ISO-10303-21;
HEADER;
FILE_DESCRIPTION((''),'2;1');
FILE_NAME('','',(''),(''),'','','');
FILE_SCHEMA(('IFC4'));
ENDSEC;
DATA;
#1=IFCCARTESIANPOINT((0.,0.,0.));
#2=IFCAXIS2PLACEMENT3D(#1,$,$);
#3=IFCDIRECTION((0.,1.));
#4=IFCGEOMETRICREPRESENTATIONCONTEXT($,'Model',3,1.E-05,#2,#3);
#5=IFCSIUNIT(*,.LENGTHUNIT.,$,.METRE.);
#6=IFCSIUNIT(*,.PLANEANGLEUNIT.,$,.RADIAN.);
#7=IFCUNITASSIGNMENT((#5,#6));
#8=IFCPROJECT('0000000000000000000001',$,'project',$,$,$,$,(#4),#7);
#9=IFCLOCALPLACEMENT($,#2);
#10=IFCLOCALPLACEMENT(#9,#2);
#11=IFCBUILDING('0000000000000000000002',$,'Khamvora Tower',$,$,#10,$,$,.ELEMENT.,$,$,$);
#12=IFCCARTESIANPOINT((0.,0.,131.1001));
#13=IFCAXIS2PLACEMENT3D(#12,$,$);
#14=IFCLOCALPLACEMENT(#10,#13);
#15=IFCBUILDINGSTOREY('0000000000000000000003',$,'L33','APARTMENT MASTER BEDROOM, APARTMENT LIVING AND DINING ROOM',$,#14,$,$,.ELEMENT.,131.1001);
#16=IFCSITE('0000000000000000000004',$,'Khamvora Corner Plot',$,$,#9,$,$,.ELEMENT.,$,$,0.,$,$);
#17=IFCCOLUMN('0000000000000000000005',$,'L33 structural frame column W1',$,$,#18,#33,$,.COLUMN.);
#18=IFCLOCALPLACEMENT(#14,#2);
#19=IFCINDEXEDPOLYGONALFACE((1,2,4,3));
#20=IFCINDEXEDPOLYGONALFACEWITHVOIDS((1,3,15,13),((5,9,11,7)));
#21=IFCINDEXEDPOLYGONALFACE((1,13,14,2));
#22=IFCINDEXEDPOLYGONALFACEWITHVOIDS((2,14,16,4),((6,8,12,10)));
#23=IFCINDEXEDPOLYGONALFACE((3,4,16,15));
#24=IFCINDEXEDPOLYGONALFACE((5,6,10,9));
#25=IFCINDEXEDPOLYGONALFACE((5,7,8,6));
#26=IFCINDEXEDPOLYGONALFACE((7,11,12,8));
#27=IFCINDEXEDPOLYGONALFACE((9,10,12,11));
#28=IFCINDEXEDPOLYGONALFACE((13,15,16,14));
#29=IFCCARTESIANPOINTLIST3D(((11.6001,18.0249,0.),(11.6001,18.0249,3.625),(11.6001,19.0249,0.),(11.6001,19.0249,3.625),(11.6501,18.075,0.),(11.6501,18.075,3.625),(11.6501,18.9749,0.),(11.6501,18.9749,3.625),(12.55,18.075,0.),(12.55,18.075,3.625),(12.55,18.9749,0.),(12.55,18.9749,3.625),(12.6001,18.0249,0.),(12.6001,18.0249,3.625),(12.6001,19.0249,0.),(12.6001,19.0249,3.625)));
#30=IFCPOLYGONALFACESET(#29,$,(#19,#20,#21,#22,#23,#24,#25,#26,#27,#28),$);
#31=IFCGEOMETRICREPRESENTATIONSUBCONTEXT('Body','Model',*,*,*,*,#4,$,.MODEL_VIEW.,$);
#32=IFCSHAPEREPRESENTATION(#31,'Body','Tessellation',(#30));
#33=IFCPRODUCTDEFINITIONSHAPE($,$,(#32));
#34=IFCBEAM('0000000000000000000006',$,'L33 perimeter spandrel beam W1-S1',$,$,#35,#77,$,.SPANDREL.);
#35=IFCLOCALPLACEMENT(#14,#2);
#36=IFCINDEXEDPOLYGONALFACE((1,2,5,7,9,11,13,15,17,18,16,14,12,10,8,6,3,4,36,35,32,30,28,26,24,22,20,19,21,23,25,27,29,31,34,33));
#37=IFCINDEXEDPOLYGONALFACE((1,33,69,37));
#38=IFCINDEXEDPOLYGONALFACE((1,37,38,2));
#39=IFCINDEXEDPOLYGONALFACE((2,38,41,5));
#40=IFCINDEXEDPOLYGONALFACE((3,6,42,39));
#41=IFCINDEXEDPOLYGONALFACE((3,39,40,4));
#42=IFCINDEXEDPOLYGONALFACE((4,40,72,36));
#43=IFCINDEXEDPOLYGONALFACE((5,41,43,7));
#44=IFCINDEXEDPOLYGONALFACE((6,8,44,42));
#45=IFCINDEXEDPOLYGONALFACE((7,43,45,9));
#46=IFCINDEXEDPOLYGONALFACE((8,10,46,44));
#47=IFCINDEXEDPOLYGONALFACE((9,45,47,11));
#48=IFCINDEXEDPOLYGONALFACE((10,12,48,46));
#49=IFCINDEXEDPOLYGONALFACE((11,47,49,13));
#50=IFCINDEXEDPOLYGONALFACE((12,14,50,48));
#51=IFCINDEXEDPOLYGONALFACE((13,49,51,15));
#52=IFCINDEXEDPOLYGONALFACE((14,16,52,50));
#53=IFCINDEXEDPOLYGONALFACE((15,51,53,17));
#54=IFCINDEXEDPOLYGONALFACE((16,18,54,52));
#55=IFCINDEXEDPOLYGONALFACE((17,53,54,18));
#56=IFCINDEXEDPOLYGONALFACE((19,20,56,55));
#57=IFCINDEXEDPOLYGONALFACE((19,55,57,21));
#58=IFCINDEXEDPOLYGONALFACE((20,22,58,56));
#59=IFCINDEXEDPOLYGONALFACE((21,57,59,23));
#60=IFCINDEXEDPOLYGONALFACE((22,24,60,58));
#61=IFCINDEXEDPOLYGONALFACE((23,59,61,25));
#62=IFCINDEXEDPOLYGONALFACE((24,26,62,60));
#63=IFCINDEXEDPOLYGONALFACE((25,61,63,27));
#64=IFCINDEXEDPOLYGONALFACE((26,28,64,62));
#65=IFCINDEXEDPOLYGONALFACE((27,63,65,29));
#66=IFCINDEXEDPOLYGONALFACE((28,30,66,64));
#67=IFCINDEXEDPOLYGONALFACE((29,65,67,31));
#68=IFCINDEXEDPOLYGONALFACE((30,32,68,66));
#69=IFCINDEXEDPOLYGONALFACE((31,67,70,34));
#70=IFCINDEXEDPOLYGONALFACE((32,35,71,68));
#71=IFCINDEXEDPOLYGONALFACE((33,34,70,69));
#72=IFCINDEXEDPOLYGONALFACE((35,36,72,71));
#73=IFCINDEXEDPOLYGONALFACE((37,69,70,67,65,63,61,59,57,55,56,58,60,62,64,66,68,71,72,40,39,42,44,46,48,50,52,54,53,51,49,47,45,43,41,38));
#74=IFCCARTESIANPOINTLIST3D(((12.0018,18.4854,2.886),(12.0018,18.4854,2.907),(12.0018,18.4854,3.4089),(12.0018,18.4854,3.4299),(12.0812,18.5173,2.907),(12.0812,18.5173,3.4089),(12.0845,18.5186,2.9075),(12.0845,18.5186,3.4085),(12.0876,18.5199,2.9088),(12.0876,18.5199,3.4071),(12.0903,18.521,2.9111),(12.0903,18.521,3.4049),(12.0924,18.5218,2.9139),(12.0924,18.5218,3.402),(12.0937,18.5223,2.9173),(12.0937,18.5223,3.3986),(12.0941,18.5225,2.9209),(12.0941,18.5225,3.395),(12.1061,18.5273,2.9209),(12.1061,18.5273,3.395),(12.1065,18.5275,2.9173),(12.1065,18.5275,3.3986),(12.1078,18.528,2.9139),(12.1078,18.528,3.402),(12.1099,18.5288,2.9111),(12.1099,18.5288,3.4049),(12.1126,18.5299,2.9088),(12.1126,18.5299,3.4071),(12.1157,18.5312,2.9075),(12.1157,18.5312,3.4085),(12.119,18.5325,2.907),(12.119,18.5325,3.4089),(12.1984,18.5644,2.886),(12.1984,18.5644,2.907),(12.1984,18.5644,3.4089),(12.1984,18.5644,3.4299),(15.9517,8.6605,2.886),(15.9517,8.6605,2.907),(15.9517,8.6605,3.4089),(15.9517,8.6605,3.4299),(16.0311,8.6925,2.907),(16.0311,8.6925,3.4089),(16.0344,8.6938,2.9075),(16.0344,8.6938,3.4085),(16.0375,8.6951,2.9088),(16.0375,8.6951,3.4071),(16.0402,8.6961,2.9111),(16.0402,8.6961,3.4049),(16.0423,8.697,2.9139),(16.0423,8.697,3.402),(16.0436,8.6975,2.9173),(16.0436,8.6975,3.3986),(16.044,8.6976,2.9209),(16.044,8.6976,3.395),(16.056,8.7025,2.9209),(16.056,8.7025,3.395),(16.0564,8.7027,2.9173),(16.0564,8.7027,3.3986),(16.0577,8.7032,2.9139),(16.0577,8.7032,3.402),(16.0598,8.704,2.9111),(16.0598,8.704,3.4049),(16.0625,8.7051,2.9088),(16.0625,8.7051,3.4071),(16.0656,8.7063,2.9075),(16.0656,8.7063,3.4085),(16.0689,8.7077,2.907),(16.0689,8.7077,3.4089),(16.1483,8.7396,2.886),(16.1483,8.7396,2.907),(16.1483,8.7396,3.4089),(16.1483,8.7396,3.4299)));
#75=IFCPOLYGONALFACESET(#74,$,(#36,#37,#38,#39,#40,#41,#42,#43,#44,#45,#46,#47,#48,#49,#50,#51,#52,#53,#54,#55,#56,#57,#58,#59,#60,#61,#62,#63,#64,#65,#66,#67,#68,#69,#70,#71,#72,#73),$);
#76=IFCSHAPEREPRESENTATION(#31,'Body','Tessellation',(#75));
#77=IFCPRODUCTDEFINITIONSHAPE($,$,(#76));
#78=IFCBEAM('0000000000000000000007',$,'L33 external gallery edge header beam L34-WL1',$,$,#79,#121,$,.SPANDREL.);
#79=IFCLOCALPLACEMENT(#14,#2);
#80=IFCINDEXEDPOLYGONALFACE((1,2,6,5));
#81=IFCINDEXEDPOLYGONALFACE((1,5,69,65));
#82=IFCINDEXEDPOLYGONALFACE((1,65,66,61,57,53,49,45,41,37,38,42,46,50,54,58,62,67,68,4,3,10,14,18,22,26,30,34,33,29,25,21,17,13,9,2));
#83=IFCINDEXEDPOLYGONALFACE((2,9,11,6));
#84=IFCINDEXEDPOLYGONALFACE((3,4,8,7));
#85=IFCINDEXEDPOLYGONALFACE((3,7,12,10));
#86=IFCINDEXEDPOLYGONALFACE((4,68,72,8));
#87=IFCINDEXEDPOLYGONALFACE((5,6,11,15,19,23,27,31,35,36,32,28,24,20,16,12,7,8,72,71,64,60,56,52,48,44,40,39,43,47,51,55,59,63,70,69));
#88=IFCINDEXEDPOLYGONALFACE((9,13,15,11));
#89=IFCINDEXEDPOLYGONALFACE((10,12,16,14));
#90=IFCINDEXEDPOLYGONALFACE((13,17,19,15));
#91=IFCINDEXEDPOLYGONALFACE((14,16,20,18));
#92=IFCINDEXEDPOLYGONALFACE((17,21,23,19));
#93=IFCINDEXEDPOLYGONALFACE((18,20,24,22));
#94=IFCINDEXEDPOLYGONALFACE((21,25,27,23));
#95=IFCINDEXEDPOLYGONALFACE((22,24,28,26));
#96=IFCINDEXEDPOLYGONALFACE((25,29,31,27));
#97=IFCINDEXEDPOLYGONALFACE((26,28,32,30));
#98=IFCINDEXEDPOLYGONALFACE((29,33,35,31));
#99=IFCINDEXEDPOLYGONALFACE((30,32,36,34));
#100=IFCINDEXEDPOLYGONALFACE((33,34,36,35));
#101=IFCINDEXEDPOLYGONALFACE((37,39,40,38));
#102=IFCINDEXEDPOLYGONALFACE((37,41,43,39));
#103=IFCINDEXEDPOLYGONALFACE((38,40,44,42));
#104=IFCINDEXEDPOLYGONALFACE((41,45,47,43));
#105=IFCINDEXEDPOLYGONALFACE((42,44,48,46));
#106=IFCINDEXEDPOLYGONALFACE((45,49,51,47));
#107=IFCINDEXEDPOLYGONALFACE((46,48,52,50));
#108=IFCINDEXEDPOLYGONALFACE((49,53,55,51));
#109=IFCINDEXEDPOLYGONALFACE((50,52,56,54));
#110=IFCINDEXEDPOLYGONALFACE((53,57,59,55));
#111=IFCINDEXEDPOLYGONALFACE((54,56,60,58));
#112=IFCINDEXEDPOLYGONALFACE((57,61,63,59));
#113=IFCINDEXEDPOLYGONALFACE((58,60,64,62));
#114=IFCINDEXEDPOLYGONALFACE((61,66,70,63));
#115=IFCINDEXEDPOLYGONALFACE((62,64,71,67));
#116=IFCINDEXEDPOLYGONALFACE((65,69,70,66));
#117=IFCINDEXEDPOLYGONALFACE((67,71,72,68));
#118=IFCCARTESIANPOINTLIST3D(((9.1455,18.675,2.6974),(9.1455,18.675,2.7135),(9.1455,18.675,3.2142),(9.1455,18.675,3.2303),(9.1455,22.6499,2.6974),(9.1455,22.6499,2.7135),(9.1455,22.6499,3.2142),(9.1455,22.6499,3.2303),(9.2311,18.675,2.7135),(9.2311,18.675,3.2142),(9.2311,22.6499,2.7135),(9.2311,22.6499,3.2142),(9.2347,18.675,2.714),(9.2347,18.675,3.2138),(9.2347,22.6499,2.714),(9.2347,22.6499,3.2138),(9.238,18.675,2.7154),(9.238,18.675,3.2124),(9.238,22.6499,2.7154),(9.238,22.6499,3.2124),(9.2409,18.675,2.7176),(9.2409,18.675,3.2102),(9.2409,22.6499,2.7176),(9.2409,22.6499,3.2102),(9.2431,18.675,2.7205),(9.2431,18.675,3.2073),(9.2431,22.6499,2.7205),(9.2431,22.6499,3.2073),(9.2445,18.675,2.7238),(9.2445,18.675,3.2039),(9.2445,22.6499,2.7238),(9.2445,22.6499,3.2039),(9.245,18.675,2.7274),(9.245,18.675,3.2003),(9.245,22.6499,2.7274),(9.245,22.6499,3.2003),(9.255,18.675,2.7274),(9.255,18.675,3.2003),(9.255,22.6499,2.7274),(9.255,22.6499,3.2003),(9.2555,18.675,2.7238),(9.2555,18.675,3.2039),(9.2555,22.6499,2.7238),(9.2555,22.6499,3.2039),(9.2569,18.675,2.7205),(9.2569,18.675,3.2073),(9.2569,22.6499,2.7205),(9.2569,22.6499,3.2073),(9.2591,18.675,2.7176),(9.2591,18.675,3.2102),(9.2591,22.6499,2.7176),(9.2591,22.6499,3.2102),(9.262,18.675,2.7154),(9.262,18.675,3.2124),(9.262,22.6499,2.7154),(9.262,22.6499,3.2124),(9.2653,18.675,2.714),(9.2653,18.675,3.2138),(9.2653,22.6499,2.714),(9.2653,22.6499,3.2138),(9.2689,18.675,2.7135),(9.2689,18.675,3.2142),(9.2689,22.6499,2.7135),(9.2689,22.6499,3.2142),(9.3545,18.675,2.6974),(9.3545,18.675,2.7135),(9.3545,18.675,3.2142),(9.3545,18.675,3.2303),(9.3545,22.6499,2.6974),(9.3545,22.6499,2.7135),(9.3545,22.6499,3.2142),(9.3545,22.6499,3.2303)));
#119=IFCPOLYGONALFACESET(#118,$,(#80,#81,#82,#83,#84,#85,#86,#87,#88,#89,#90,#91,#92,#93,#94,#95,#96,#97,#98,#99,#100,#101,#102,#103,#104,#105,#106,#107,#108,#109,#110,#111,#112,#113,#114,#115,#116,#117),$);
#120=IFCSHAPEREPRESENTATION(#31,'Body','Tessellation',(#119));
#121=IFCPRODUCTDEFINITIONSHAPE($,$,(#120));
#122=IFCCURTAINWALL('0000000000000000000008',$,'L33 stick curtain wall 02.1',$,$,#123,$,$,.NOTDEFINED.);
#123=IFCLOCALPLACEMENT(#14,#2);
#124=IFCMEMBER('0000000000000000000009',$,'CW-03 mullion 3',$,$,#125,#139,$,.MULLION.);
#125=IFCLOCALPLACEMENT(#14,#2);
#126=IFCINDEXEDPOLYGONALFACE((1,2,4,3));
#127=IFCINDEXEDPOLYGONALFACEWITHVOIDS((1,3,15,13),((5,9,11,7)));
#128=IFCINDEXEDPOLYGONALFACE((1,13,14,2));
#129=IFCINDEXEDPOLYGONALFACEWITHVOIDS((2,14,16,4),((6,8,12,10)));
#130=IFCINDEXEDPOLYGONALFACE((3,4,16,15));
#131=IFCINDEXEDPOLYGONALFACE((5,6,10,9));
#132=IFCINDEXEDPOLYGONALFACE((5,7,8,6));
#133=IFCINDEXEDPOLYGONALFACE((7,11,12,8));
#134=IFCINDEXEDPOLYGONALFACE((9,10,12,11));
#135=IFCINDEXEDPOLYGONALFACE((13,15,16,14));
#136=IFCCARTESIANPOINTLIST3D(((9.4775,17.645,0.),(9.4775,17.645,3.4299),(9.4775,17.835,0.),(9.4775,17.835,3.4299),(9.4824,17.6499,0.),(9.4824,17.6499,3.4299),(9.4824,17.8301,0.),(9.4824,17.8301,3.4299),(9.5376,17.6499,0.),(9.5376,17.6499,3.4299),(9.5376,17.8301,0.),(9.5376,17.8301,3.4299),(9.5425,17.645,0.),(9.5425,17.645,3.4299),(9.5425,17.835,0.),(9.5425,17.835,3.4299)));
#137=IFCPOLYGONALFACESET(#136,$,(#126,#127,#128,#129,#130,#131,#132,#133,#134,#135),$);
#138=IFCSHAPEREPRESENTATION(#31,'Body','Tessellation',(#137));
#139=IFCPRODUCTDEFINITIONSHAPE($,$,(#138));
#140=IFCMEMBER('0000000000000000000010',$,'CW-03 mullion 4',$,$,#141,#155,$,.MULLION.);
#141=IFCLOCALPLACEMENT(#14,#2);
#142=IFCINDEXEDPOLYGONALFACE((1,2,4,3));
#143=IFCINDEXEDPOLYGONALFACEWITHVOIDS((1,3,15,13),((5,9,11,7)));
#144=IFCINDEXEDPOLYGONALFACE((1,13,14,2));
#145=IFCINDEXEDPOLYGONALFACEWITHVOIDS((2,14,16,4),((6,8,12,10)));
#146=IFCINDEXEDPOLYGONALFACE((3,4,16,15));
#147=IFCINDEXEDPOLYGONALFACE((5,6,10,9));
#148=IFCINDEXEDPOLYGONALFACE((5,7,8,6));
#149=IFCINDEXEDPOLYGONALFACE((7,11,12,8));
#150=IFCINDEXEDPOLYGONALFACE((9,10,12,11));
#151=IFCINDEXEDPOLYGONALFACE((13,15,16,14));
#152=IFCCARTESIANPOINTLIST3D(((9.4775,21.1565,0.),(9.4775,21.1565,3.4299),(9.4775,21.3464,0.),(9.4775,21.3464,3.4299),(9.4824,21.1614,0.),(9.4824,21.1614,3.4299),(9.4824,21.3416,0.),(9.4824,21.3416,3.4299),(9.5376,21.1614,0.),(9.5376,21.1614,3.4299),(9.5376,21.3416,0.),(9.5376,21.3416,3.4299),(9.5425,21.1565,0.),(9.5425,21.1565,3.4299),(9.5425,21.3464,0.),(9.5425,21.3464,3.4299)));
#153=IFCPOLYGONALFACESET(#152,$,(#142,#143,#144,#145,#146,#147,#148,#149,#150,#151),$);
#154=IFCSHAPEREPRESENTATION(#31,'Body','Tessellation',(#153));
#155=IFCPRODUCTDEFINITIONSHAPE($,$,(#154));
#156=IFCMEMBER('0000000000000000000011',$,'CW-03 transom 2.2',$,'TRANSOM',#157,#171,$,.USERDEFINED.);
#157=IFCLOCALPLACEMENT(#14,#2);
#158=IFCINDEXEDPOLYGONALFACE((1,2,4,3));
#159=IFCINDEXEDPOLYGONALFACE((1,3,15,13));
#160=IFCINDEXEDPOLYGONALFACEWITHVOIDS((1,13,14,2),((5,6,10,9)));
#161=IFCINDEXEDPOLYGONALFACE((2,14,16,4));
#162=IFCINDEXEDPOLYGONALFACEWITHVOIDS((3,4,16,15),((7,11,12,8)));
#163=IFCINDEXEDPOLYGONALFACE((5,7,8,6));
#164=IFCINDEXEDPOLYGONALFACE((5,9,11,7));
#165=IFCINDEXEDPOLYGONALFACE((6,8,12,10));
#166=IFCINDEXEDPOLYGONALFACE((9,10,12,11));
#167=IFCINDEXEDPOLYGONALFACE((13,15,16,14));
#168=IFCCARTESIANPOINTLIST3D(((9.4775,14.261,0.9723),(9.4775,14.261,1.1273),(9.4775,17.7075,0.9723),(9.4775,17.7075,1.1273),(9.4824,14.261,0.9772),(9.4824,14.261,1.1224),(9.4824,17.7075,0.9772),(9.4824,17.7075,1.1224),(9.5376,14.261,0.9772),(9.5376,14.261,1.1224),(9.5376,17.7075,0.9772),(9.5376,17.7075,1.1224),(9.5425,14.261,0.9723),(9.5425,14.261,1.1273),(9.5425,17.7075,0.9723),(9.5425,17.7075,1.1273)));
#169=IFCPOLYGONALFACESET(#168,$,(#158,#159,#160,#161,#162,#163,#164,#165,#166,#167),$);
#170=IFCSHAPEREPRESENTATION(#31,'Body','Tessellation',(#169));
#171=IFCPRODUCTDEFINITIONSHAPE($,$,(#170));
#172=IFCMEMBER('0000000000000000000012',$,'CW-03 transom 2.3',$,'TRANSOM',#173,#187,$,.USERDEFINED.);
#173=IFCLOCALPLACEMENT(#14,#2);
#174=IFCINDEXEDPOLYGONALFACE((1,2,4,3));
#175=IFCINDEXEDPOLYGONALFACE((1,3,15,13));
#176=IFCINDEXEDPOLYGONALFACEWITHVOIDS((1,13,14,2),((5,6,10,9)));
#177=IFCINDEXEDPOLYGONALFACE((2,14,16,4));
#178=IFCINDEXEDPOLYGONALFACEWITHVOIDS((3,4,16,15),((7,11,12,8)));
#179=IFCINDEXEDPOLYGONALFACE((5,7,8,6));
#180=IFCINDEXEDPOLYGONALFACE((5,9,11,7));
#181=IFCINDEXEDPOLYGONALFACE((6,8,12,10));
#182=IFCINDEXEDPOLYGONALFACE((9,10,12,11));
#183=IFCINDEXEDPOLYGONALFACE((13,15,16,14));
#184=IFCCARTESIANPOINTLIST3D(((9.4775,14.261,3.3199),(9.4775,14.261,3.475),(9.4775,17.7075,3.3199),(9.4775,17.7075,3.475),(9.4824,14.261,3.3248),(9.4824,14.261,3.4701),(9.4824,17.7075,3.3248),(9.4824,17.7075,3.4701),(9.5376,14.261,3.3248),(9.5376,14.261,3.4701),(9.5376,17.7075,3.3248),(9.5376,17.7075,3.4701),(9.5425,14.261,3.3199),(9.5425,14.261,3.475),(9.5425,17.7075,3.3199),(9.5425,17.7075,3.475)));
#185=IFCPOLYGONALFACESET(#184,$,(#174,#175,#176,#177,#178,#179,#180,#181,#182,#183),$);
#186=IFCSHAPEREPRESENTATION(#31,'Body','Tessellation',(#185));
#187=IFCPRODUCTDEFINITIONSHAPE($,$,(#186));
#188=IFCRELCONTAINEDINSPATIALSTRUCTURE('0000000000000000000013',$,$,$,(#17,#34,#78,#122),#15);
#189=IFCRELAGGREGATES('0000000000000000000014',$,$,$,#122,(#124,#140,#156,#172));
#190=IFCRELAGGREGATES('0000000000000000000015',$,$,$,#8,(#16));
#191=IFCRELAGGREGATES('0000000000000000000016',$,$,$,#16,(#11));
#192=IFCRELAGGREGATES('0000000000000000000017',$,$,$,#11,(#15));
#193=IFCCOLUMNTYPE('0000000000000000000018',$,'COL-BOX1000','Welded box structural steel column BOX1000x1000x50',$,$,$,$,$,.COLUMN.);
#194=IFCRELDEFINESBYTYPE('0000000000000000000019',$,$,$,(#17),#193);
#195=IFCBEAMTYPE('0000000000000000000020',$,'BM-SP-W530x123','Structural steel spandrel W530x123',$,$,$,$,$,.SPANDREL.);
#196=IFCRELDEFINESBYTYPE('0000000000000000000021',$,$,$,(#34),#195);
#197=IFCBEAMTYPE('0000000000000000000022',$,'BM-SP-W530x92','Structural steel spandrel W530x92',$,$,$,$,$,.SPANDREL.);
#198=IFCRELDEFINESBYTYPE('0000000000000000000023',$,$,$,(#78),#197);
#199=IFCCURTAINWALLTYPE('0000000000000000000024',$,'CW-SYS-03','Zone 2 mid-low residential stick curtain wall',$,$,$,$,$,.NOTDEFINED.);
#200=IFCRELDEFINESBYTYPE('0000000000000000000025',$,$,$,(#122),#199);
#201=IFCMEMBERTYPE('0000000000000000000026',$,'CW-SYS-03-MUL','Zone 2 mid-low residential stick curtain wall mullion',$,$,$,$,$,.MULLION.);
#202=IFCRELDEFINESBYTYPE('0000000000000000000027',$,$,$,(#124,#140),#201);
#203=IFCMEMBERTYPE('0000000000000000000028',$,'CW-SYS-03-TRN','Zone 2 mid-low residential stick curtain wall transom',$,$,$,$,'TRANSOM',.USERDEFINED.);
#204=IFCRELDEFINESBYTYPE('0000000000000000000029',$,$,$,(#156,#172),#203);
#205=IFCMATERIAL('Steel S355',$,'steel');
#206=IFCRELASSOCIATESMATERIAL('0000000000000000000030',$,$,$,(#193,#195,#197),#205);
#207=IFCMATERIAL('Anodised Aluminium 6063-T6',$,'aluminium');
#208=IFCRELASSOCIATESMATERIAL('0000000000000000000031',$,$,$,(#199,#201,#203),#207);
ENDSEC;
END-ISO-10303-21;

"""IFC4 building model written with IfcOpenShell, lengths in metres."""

from ifc_helpers import new_model, si_unit, direction, frame, origin, origin_2d, place, context, subcontext, project, spatial, hollow_rectangle, i_section, extrude, material, material_profile, profile_set, type_object, element, aggregate, save


model = new_model("IFC4")

# Units and contexts
model_context = context("Model", 3, precision=1e-05, world=origin(), true_north=direction((0.0, 1.0)))
body_context = subcontext(model_context, "Body", "Model", "MODEL_VIEW")
ifc_project = project(units=[si_unit("LENGTHUNIT", "METRE"), si_unit("PLANEANGLEUNIT", "RADIAN")], contexts=[model_context])

# Site, building, storey
site_placement = place(None, origin())
site = spatial("IfcSite", under=ifc_project, at=site_placement, Name="Khamvora Corner Plot", CompositionType="ELEMENT", RefElevation=0.0)
building_placement = place(site_placement, origin())
building = spatial("IfcBuilding", under=site, at=building_placement, Name="Khamvora Tower", CompositionType="ELEMENT")
storey_placement = place(building_placement, frame((0.0, 0.0, 131.1001)))
storey = spatial("IfcBuildingStorey", under=building, at=storey_placement, Name="L33", Description="APARTMENT MASTER BEDROOM, APARTMENT LIVING AND DINING ROOM", CompositionType="ELEMENT", Elevation=131.1001)

# Column
ifc_material_1 = material(Name="Steel S355", Category="steel")
ifc_material_profile_1 = material_profile(ifc_material_1, hollow_rectangle(XDim=1.0, YDim=1.0, WallThickness=0.05, at=origin_2d()), Name="BOX1000x1000x50")
ifc_profile_set_1 = profile_set([ifc_material_profile_1], Name="Steel S355")
column_type = type_object("IfcColumnType", Name="COL-BOX1000", Description="Welded box structural steel column BOX1000x1000x50", PredefinedType="COLUMN", material=ifc_profile_set_1)
column_placement = place(storey_placement, frame((12.1001, 18.5249, 0.0), z_axis=(0.0, 0.0, 1.0), x_axis=(1.0, 0.0, 0.0)))
element("IfcColumn", 1, at=column_placement, inside=storey, type_object=column_type, Name="L33 structural frame column W1", PredefinedType="COLUMN", context=body_context, shape_type="SweptSolid", body=[
    extrude(hollow_rectangle(XDim=1.0, YDim=1.0, WallThickness=0.05, at=origin_2d()), origin(), (0.0, 0.0, 1.0), 3.625),
])

# Beams
ifc_material_profile_2 = material_profile(ifc_material_1, i_section(OverallWidth=0.2119, OverallDepth=0.5439, WebThickness=0.0129, FlangeThickness=0.021, FilletRadius=0.0139, at=origin_2d()), Name="W530x123")
ifc_profile_set_2 = profile_set([ifc_material_profile_2], Name="Steel S355")
beam_type_1 = type_object("IfcBeamType", Name="BM-SP-W530x123", Description="Structural steel spandrel W530x123", PredefinedType="SPANDREL", material=ifc_profile_set_2)
beam_1_placement = place(storey_placement, frame((12.1001, 18.5249, 3.158), z_axis=(0.373016, -0.927825, 0.0), x_axis=(0.927825, 0.373016, 0.0)))
element("IfcBeam", 2, at=beam_1_placement, inside=storey, type_object=beam_type_1, Name="L33 perimeter spandrel beam W1-S1", PredefinedType="SPANDREL", context=body_context, shape_type="SweptSolid", body=[
    extrude(i_section(OverallWidth=0.2119, OverallDepth=0.5439, WebThickness=0.0129, FlangeThickness=0.021, FilletRadius=0.0139, at=origin_2d()), origin(), (0.0, 0.0, 1.0), 10.5891),
])
ifc_material_profile_3 = material_profile(ifc_material_1, i_section(OverallWidth=0.209, OverallDepth=0.533, WebThickness=0.01, FlangeThickness=0.0161, FilletRadius=0.0139, at=origin_2d()), Name="W530x92")
ifc_profile_set_3 = profile_set([ifc_material_profile_3], Name="Steel S355")
beam_type_2 = type_object("IfcBeamType", Name="BM-SP-W530x92", Description="Structural steel spandrel W530x92", PredefinedType="SPANDREL", material=ifc_profile_set_3)
beam_2_placement = place(storey_placement, frame((9.25, 18.675, 2.9639), z_axis=(0.0, 1.0, 0.0), x_axis=(-1.0, 0.0, 0.0)))
element("IfcBeam", 3, at=beam_2_placement, inside=storey, type_object=beam_type_2, Name="L33 external gallery edge header beam L34-WL1", PredefinedType="SPANDREL", context=body_context, shape_type="SweptSolid", body=[
    extrude(i_section(OverallWidth=0.209, OverallDepth=0.533, WebThickness=0.01, FlangeThickness=0.0161, FilletRadius=0.0139, at=origin_2d()), origin(), (0.0, 0.0, 1.0), 3.9749),
])

# Curtain wall, members
ifc_material_2 = material(Name="Anodised Aluminium 6063-T6", Category="aluminium")
curtain_wall_type = type_object("IfcCurtainWallType", Name="CW-SYS-03", Description="Zone 2 mid-low residential stick curtain wall", PredefinedType="NOTDEFINED", material=ifc_material_2)
curtain_wall_placement = place(storey_placement, origin())
curtain_wall = element("IfcCurtainWall", 4, at=curtain_wall_placement, inside=storey, type_object=curtain_wall_type, Name="L33 stick curtain wall 02.1", PredefinedType="NOTDEFINED")
ifc_material_profile_4 = material_profile(ifc_material_2, hollow_rectangle(XDim=0.0649, YDim=0.1899, WallThickness=0.0049, at=origin_2d()), Name="MUL65x190x5")
ifc_profile_set_4 = profile_set([ifc_material_profile_4], Name="Anodised Aluminium 6063-T6")
member_type_1 = type_object("IfcMemberType", Name="CW-SYS-03-MUL", Description="Zone 2 mid-low residential stick curtain wall mullion", PredefinedType="MULLION", material=ifc_profile_set_4)
member_1_placement = place(storey_placement, frame((9.51, 17.74, 0.0), z_axis=(0.0, 0.0, 1.0), x_axis=(-1.0, 0.0, 0.0)))
member_1 = element("IfcMember", 5, at=member_1_placement, type_object=member_type_1, Name="CW-03 mullion 3", PredefinedType="MULLION", context=body_context, shape_type="SweptSolid", body=[
    extrude(hollow_rectangle(XDim=0.0649, YDim=0.1899, WallThickness=0.0049, at=origin_2d()), origin(), (0.0, 0.0, 1.0), 3.4299),
])
member_2_placement = place(storey_placement, frame((9.51, 21.2515, 0.0), z_axis=(0.0, 0.0, 1.0), x_axis=(-1.0, 0.0, 0.0)))
member_2 = element("IfcMember", 6, at=member_2_placement, type_object=member_type_1, Name="CW-03 mullion 4", PredefinedType="MULLION", context=body_context, shape_type="SweptSolid", body=[
    extrude(hollow_rectangle(XDim=0.0649, YDim=0.1899, WallThickness=0.0049, at=origin_2d()), origin(), (0.0, 0.0, 1.0), 3.4299),
])
ifc_material_profile_5 = material_profile(ifc_material_2, hollow_rectangle(XDim=0.0649, YDim=0.155, WallThickness=0.0049, at=origin_2d()), Name="TRN65x155x5")
ifc_profile_set_5 = profile_set([ifc_material_profile_5], Name="Anodised Aluminium 6063-T6")
member_type_2 = type_object("IfcMemberType", Name="CW-SYS-03-TRN", Description="Zone 2 mid-low residential stick curtain wall transom", ElementType="TRANSOM", PredefinedType="USERDEFINED", material=ifc_profile_set_5)
member_3_placement = place(storey_placement, frame((9.51, 14.261, 1.0498), z_axis=(0.0, 1.0, 0.0), x_axis=(-1.0, 0.0, 0.0)))
member_3 = element("IfcMember", 7, at=member_3_placement, type_object=member_type_2, Name="CW-03 transom 2.2", ObjectType="TRANSOM", PredefinedType="USERDEFINED", context=body_context, shape_type="SweptSolid", body=[
    extrude(hollow_rectangle(XDim=0.0649, YDim=0.155, WallThickness=0.0049, at=origin_2d()), origin(), (0.0, 0.0, 1.0), 3.4465),
])
member_4_placement = place(storey_placement, frame((9.51, 14.261, 3.3975), z_axis=(0.0, 1.0, 0.0), x_axis=(-1.0, 0.0, 0.0)))
member_4 = element("IfcMember", 8, at=member_4_placement, type_object=member_type_2, Name="CW-03 transom 2.3", ObjectType="TRANSOM", PredefinedType="USERDEFINED", context=body_context, shape_type="SweptSolid", body=[
    extrude(hollow_rectangle(XDim=0.0649, YDim=0.155, WallThickness=0.0049, at=origin_2d()), origin(), (0.0, 0.0, 1.0), 3.4465),
])
aggregate(curtain_wall, [member_1, member_2, member_3, member_4])

save(model, "model.ifc")
